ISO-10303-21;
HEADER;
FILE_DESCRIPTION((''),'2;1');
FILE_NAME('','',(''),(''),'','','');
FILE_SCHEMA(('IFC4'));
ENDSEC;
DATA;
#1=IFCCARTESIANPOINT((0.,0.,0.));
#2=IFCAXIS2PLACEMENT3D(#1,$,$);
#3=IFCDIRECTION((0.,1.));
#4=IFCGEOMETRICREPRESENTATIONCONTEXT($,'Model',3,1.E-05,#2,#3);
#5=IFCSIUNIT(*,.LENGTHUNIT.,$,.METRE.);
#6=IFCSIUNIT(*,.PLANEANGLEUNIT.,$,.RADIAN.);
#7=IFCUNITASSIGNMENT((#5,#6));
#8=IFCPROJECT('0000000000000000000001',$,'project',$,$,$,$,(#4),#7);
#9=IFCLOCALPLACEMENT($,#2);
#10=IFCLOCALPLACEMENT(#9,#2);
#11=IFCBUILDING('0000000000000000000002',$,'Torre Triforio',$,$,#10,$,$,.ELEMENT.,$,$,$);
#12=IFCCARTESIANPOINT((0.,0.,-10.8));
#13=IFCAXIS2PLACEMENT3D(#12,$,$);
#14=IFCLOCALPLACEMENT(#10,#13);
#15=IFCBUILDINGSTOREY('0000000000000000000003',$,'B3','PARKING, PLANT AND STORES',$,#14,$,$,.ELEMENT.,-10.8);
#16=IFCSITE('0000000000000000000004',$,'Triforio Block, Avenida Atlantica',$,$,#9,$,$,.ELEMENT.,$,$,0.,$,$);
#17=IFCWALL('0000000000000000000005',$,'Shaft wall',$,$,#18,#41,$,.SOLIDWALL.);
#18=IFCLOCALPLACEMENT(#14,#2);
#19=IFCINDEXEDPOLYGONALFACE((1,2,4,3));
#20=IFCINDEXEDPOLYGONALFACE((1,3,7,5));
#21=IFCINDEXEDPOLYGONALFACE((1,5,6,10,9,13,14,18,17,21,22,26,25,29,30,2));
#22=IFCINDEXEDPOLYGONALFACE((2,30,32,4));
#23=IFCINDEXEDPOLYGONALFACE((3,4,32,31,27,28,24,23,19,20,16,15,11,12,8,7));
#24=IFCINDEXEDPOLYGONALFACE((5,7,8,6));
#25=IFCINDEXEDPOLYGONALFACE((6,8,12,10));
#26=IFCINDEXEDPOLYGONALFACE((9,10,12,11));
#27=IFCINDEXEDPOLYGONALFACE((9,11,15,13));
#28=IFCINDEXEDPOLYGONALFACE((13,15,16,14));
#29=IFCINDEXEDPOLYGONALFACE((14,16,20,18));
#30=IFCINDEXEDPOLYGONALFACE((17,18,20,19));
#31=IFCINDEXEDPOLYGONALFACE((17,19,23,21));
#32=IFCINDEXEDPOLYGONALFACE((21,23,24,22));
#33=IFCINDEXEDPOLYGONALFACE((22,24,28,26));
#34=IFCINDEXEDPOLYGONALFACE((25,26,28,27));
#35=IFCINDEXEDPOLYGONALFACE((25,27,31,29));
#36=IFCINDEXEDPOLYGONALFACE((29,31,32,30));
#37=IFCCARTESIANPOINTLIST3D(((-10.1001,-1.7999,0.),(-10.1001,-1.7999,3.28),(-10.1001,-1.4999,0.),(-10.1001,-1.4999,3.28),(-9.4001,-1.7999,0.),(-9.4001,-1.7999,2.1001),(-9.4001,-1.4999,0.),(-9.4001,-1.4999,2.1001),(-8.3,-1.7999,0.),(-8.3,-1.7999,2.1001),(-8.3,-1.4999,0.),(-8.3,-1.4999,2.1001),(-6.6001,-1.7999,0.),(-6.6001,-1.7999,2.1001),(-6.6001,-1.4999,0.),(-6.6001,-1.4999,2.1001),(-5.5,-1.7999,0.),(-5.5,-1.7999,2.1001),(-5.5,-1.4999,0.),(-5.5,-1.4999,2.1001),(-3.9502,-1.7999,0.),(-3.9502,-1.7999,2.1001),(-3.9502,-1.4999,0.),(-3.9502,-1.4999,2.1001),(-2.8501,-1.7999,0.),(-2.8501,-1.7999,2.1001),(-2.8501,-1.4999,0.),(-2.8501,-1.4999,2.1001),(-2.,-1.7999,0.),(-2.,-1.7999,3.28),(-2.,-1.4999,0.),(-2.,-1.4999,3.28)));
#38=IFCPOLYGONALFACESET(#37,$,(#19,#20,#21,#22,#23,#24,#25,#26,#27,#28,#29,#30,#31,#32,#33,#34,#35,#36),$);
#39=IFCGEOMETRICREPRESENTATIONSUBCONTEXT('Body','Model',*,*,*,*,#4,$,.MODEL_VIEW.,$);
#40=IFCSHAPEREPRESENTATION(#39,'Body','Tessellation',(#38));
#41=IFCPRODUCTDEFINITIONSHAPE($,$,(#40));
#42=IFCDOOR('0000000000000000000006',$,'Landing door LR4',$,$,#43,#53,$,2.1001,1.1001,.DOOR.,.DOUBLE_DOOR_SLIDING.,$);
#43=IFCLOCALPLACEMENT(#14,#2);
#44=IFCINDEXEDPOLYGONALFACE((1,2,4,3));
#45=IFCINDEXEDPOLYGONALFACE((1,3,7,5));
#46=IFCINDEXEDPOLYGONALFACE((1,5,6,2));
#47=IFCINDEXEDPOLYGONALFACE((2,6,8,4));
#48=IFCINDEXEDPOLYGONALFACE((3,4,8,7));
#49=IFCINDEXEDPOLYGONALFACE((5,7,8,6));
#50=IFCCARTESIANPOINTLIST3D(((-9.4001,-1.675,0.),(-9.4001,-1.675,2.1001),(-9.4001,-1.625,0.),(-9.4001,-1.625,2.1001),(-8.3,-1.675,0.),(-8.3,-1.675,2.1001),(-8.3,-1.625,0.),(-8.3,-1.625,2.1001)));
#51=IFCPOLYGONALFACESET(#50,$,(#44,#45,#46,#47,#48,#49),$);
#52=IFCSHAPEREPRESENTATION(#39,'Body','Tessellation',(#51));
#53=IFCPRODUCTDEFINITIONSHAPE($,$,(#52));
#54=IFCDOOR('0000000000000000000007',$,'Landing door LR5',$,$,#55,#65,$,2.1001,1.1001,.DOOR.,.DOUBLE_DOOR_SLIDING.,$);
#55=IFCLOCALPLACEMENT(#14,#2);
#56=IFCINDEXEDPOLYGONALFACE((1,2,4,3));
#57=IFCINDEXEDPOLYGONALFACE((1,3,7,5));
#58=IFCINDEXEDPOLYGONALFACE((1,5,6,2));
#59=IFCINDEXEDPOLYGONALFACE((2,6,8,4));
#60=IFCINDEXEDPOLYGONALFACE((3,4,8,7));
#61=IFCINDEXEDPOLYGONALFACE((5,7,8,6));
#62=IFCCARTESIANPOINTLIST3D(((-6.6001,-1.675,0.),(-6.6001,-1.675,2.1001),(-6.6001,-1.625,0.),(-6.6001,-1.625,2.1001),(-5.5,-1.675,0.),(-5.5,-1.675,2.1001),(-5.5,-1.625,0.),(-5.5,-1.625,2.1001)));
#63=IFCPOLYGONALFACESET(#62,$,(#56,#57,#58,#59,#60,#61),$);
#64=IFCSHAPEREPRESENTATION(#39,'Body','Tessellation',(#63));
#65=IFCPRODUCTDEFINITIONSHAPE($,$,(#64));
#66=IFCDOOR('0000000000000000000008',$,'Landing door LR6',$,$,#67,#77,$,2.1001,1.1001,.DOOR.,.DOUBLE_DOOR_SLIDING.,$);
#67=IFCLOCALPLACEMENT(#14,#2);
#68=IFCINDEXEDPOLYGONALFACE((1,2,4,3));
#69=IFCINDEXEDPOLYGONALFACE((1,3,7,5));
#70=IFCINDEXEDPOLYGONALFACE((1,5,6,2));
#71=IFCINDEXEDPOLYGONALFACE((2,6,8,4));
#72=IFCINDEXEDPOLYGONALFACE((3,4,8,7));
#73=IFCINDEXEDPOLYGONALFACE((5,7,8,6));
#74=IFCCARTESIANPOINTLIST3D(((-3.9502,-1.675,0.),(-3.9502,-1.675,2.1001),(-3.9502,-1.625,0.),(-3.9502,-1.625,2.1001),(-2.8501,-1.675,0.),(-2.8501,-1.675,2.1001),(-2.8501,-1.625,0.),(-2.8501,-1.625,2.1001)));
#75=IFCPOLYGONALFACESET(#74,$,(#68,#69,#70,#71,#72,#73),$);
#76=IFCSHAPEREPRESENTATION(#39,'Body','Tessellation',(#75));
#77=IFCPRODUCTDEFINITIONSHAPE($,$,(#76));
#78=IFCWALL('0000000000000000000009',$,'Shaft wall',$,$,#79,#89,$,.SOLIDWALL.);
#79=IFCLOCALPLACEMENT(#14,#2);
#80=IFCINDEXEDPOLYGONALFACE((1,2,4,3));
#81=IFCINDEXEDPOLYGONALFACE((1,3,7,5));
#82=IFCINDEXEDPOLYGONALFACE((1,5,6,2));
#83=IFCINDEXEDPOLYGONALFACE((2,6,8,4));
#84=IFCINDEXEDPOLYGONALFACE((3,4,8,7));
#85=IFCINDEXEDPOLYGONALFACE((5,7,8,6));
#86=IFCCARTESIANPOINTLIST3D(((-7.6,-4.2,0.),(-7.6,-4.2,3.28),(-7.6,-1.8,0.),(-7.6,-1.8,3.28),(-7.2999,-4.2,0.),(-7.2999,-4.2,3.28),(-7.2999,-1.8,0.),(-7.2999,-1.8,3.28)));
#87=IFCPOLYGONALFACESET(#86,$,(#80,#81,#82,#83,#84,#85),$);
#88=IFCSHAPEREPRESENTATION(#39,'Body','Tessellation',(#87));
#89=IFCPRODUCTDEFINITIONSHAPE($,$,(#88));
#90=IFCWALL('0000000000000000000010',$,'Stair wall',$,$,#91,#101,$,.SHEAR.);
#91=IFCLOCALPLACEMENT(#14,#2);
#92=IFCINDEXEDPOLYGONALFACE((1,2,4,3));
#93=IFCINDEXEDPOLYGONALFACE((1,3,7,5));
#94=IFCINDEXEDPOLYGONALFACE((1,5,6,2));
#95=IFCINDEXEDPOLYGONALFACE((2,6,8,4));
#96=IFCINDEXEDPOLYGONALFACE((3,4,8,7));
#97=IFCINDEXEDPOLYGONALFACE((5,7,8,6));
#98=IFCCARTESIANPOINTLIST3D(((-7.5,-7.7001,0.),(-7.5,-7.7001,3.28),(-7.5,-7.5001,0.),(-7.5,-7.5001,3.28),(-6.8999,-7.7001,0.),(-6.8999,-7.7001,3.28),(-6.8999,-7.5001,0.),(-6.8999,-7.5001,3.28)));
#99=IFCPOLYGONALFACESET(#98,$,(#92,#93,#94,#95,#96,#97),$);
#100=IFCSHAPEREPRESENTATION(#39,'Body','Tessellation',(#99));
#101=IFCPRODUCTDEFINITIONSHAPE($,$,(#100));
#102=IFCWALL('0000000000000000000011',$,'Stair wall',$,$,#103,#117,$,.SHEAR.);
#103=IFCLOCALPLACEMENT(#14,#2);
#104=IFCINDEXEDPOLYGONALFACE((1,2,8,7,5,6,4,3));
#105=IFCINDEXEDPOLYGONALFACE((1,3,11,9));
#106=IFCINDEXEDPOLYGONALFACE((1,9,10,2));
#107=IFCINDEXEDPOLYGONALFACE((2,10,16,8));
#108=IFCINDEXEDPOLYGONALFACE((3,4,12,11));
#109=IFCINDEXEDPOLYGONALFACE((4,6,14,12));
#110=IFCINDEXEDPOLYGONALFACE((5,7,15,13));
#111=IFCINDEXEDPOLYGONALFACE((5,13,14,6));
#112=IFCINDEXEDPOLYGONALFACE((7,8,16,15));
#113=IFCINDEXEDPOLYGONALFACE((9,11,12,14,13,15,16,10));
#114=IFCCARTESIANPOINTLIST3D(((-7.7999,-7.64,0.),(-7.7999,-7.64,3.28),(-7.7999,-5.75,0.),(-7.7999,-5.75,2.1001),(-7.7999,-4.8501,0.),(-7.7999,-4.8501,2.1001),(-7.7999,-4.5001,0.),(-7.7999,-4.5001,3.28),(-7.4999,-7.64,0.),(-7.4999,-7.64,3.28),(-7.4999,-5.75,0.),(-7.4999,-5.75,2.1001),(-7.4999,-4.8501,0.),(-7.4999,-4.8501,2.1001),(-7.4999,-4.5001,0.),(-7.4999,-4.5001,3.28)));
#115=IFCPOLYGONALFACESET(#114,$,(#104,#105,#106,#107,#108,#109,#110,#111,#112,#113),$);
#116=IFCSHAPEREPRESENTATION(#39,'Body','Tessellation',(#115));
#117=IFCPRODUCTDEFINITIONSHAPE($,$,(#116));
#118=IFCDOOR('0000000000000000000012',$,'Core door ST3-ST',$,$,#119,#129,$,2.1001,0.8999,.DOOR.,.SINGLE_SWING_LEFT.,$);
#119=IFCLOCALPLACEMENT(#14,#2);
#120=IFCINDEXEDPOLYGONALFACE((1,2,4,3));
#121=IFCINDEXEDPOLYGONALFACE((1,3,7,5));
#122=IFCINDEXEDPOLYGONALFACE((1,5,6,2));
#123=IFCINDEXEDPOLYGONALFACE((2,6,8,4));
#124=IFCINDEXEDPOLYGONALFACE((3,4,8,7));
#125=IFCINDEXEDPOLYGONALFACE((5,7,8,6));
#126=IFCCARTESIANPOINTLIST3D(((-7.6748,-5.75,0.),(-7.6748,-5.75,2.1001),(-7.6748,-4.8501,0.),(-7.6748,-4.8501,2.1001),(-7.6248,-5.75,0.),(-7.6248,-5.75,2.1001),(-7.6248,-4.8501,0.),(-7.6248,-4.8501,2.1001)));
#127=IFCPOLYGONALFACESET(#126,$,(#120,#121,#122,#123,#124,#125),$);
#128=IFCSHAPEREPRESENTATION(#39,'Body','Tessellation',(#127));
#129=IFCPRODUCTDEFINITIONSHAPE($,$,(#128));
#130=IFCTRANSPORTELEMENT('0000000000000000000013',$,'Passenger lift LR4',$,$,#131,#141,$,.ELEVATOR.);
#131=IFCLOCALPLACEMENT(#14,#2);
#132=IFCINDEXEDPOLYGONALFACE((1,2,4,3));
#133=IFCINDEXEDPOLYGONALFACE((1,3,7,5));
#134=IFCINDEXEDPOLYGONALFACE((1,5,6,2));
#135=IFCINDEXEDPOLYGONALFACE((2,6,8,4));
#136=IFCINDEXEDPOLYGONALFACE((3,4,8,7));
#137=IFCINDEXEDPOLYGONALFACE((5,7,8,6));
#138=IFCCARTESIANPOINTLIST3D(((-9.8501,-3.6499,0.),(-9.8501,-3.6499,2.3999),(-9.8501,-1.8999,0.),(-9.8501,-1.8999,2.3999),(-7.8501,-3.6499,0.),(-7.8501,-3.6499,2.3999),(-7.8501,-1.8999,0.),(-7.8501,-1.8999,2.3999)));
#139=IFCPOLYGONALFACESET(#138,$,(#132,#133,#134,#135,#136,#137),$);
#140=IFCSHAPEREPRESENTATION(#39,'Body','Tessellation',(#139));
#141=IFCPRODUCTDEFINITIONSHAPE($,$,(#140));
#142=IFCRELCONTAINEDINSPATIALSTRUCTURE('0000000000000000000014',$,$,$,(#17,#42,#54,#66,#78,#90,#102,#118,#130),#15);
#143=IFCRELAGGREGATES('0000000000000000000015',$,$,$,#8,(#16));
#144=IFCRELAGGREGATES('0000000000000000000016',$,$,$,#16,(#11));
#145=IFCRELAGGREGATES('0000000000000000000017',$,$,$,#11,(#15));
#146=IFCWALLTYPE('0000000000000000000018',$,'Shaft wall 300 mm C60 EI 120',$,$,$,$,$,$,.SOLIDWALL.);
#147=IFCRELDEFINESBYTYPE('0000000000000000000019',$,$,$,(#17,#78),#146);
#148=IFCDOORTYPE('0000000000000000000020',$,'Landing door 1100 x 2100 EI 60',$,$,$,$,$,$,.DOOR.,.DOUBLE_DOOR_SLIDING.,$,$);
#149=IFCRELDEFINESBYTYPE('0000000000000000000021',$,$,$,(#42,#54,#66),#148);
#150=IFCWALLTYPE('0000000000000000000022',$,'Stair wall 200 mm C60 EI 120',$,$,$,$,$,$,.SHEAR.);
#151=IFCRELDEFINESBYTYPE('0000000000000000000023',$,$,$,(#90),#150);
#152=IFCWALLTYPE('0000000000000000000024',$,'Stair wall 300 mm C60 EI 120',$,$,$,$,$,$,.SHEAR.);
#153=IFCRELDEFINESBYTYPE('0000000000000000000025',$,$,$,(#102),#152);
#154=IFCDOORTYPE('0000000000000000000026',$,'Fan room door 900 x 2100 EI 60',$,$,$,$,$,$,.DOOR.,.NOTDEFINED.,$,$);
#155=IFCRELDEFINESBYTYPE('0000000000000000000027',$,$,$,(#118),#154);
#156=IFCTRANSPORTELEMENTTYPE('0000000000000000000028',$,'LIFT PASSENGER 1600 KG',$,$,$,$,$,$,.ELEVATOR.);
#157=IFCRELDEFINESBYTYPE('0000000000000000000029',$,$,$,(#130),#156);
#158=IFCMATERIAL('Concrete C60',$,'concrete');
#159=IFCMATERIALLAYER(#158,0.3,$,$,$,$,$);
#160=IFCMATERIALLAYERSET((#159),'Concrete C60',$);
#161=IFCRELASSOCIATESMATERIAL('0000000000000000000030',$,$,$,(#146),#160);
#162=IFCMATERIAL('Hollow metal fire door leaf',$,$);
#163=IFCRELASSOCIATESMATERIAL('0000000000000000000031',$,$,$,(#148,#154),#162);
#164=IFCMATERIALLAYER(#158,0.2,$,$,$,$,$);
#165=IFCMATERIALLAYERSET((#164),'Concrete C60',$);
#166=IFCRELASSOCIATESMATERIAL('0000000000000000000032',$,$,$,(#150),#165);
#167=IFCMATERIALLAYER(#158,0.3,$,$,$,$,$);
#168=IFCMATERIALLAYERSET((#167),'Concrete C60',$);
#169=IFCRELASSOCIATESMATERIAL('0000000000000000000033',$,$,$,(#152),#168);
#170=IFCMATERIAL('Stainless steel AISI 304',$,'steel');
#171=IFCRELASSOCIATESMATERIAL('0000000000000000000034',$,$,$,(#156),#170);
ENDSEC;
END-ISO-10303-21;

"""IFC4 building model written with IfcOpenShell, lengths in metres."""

from ifc_helpers import new_model, si_unit, direction, frame, frame_2d, origin, origin_2d, place, context, subcontext, project, spatial, rectangle, extrude, material, layer, layer_set, type_object, element, fill, save


model = new_model("IFC4")

# Units and contexts
model_context = context("Model", 3, precision=1e-05, world=origin(), true_north=direction((0.0, 1.0)))
body_context = subcontext(model_context, "Body", "Model", "MODEL_VIEW")
ifc_project = project(units=[si_unit("LENGTHUNIT", "METRE"), si_unit("PLANEANGLEUNIT", "RADIAN")], contexts=[model_context])

# Site, building, storey
site_placement = place(None, origin())
site = spatial("IfcSite", under=ifc_project, at=site_placement, Name="Triforio Block, Avenida Atlantica", CompositionType="ELEMENT", RefElevation=0.0)
building_placement = place(site_placement, origin())
building = spatial("IfcBuilding", under=site, at=building_placement, Name="Torre Triforio", CompositionType="ELEMENT")
storey_placement = place(building_placement, frame((0.0, 0.0, -10.8)))
storey = spatial("IfcBuildingStorey", under=building, at=storey_placement, Name="B3", Description="PARKING, PLANT AND STORES", CompositionType="ELEMENT", Elevation=-10.8)

# Shared definitions
ifc_material_1 = material(Name="Concrete C60", Category="concrete")
ifc_material_2 = material(Name="Hollow metal fire door leaf")

# Shared definitions
ifc_layer_1 = layer(ifc_material_1, 0.3)
ifc_layer_set_1 = layer_set([ifc_layer_1], Name="Concrete C60")
wall_type_1 = type_object("IfcWallType", Name="Shaft wall 300 mm C60 EI 120", PredefinedType="SOLIDWALL", material=ifc_layer_set_1)

# Wall, openings, doors
wall_1_placement = place(storey_placement, frame((-10.1001, -1.6499, 0.0), z_axis=(0.0, 0.0, 1.0), x_axis=(1.0, 0.0, 0.0)))
wall_1 = element("IfcWall", 1, at=wall_1_placement, inside=storey, type_object=wall_type_1, Name="Shaft wall", PredefinedType="SOLIDWALL", context=body_context, shape_type="SweptSolid", body=[
    extrude(rectangle(XDim=8.1001, YDim=0.3, at=frame_2d((4.05, 0.0))), origin(), (0.0, 0.0, 1.0), 3.28),
])
opening_1_placement = place(wall_1_placement, frame((0.7, 0.0, 0.0)))
opening_1 = element("IfcOpeningElement", 2, at=opening_1_placement, cuts=wall_1, PredefinedType="OPENING", context=body_context, shape_type="SweptSolid", body=[
    extrude(rectangle(XDim=1.1001, YDim=2.1001, at=frame_2d((0.55, 1.05))), frame((0.0, 0.1599, 0.0), z_axis=(0.0, -1.0, 0.0), x_axis=(1.0, 0.0, 0.0)), (0.0, 0.0, 1.0), 0.3201),
])
opening_2_placement = place(wall_1_placement, frame((3.5, 0.0, 0.0)))
opening_2 = element("IfcOpeningElement", 3, at=opening_2_placement, cuts=wall_1, PredefinedType="OPENING", context=body_context, shape_type="SweptSolid", body=[
    extrude(rectangle(XDim=1.1001, YDim=2.1001, at=frame_2d((0.55, 1.05))), frame((0.0, 0.1599, 0.0), z_axis=(0.0, -1.0, 0.0), x_axis=(1.0, 0.0, 0.0)), (0.0, 0.0, 1.0), 0.3201),
])
opening_3_placement = place(wall_1_placement, frame((6.1499, 0.0, 0.0)))
opening_3 = element("IfcOpeningElement", 4, at=opening_3_placement, cuts=wall_1, PredefinedType="OPENING", context=body_context, shape_type="SweptSolid", body=[
    extrude(rectangle(XDim=1.1001, YDim=2.1001, at=frame_2d((0.55, 1.05))), frame((0.0, 0.1599, 0.0), z_axis=(0.0, -1.0, 0.0), x_axis=(1.0, 0.0, 0.0)), (0.0, 0.0, 1.0), 0.3201),
])
door_type_1 = type_object("IfcDoorType", Name="Landing door 1100 x 2100 EI 60", OperationType="DOUBLE_DOOR_SLIDING", PredefinedType="DOOR", material=ifc_material_2)
door_1_placement = place(opening_1_placement, origin())
door_1 = element("IfcDoor", 5, at=door_1_placement, inside=storey, type_object=door_type_1, Name="Landing door LR4", OperationType="DOUBLE_DOOR_SLIDING", OverallHeight=2.1001, OverallWidth=1.1001, PredefinedType="DOOR", context=body_context, shape_type="SweptSolid", body=[
    extrude(rectangle(XDim=1.1001, YDim=2.1001, at=frame_2d((0.55, 1.05))), frame((0.0, 0.0249, 0.0), z_axis=(0.0, -1.0, 0.0), x_axis=(1.0, 0.0, 0.0)), (0.0, 0.0, 1.0), 0.05),
])
fill(opening_1, door_1)
door_2_placement = place(opening_2_placement, origin())
door_2 = element("IfcDoor", 6, at=door_2_placement, inside=storey, type_object=door_type_1, Name="Landing door LR5", OperationType="DOUBLE_DOOR_SLIDING", OverallHeight=2.1001, OverallWidth=1.1001, PredefinedType="DOOR", context=body_context, shape_type="SweptSolid", body=[
    extrude(rectangle(XDim=1.1001, YDim=2.1001, at=frame_2d((0.55, 1.05))), frame((0.0, 0.0249, 0.0), z_axis=(0.0, -1.0, 0.0), x_axis=(1.0, 0.0, 0.0)), (0.0, 0.0, 1.0), 0.05),
])
fill(opening_2, door_2)
door_3_placement = place(opening_3_placement, origin())
door_3 = element("IfcDoor", 7, at=door_3_placement, inside=storey, type_object=door_type_1, Name="Landing door LR6", OperationType="DOUBLE_DOOR_SLIDING", OverallHeight=2.1001, OverallWidth=1.1001, PredefinedType="DOOR", context=body_context, shape_type="SweptSolid", body=[
    extrude(rectangle(XDim=1.1001, YDim=2.1001, at=frame_2d((0.55, 1.05))), frame((0.0, 0.0249, 0.0), z_axis=(0.0, -1.0, 0.0), x_axis=(1.0, 0.0, 0.0)), (0.0, 0.0, 1.0), 0.05),
])
fill(opening_3, door_3)

# Walls
wall_2_placement = place(storey_placement, frame((-7.45, -4.2, 0.0), z_axis=(0.0, 0.0, 1.0), x_axis=(0.0, 1.0, 0.0)))
element("IfcWall", 8, at=wall_2_placement, inside=storey, type_object=wall_type_1, Name="Shaft wall", PredefinedType="SOLIDWALL", context=body_context, shape_type="SweptSolid", body=[
    extrude(rectangle(XDim=2.3999, YDim=0.3, at=frame_2d((1.2, 0.0))), origin(), (0.0, 0.0, 1.0), 3.28),
])
ifc_layer_2 = layer(ifc_material_1, 0.2)
ifc_layer_set_2 = layer_set([ifc_layer_2], Name="Concrete C60")
wall_type_2 = type_object("IfcWallType", Name="Stair wall 200 mm C60 EI 120", PredefinedType="SHEAR", material=ifc_layer_set_2)
wall_3_placement = place(storey_placement, frame((-7.5, -7.6001, 0.0), z_axis=(0.0, 0.0, 1.0), x_axis=(1.0, 0.0, 0.0)))
element("IfcWall", 9, at=wall_3_placement, inside=storey, type_object=wall_type_2, Name="Stair wall", PredefinedType="SHEAR", context=body_context, shape_type="SweptSolid", body=[
    extrude(rectangle(XDim=0.6001, YDim=0.2, at=frame_2d((0.3, 0.0))), origin(), (0.0, 0.0, 1.0), 3.28),
])

# Wall, opening, door
ifc_layer_3 = layer(ifc_material_1, 0.3)
ifc_layer_set_3 = layer_set([ifc_layer_3], Name="Concrete C60")
wall_type_3 = type_object("IfcWallType", Name="Stair wall 300 mm C60 EI 120", PredefinedType="SHEAR", material=ifc_layer_set_3)
wall_4_placement = place(storey_placement, frame((-7.6499, -7.6399, 0.0), z_axis=(0.0, 0.0, 1.0), x_axis=(0.0, 1.0, 0.0)))
wall_4 = element("IfcWall", 10, at=wall_4_placement, inside=storey, type_object=wall_type_3, Name="Stair wall", PredefinedType="SHEAR", context=body_context, shape_type="SweptSolid", body=[
    extrude(rectangle(XDim=3.1399, YDim=0.3, at=frame_2d((1.5698, 0.0))), origin(), (0.0, 0.0, 1.0), 3.28),
])
opening_4_placement = place(wall_4_placement, frame((1.8899, 0.0, 0.0)))
opening_4 = element("IfcOpeningElement", 11, at=opening_4_placement, cuts=wall_4, PredefinedType="OPENING", context=body_context, shape_type="SweptSolid", body=[
    extrude(rectangle(XDim=0.8999, YDim=2.1001, at=frame_2d((0.45, 1.05))), frame((0.0, 0.1599, 0.0), z_axis=(0.0, -1.0, 0.0), x_axis=(1.0, 0.0, 0.0)), (0.0, 0.0, 1.0), 0.3201),
])
door_type_2 = type_object("IfcDoorType", Name="Fan room door 900 x 2100 EI 60", OperationType="NOTDEFINED", PredefinedType="DOOR", material=ifc_material_2)
door_4_placement = place(opening_4_placement, origin())
door_4 = element("IfcDoor", 12, at=door_4_placement, inside=storey, type_object=door_type_2, Name="Core door ST3-ST", OperationType="SINGLE_SWING_LEFT", OverallHeight=2.1001, OverallWidth=0.8999, PredefinedType="DOOR", context=body_context, shape_type="SweptSolid", body=[
    extrude(rectangle(XDim=0.8999, YDim=2.1001, at=frame_2d((0.45, 1.05))), frame((0.0, 0.0249, 0.0), z_axis=(0.0, -1.0, 0.0), x_axis=(1.0, 0.0, 0.0)), (0.0, 0.0, 1.0), 0.05),
])
fill(opening_4, door_4)

# Transport element
ifc_material_3 = material(Name="Stainless steel AISI 304", Category="steel")
transport_element_type = type_object("IfcTransportElementType", Name="LIFT PASSENGER 1600 KG", PredefinedType="ELEVATOR", material=ifc_material_3)
transport_element_placement = place(storey_placement, frame((-8.8501, -2.7749, 0.0), z_axis=(0.0, 0.0, 1.0), x_axis=(1.0, 0.0, 0.0)))
element("IfcTransportElement", 13, at=transport_element_placement, inside=storey, type_object=transport_element_type, Name="Passenger lift LR4", PredefinedType="ELEVATOR", context=body_context, shape_type="SweptSolid", body=[
    extrude(rectangle(XDim=2.0, YDim=1.75, at=origin_2d()), origin(), (0.0, 0.0, 1.0), 2.3999),
])

save(model, "model.ifc")
